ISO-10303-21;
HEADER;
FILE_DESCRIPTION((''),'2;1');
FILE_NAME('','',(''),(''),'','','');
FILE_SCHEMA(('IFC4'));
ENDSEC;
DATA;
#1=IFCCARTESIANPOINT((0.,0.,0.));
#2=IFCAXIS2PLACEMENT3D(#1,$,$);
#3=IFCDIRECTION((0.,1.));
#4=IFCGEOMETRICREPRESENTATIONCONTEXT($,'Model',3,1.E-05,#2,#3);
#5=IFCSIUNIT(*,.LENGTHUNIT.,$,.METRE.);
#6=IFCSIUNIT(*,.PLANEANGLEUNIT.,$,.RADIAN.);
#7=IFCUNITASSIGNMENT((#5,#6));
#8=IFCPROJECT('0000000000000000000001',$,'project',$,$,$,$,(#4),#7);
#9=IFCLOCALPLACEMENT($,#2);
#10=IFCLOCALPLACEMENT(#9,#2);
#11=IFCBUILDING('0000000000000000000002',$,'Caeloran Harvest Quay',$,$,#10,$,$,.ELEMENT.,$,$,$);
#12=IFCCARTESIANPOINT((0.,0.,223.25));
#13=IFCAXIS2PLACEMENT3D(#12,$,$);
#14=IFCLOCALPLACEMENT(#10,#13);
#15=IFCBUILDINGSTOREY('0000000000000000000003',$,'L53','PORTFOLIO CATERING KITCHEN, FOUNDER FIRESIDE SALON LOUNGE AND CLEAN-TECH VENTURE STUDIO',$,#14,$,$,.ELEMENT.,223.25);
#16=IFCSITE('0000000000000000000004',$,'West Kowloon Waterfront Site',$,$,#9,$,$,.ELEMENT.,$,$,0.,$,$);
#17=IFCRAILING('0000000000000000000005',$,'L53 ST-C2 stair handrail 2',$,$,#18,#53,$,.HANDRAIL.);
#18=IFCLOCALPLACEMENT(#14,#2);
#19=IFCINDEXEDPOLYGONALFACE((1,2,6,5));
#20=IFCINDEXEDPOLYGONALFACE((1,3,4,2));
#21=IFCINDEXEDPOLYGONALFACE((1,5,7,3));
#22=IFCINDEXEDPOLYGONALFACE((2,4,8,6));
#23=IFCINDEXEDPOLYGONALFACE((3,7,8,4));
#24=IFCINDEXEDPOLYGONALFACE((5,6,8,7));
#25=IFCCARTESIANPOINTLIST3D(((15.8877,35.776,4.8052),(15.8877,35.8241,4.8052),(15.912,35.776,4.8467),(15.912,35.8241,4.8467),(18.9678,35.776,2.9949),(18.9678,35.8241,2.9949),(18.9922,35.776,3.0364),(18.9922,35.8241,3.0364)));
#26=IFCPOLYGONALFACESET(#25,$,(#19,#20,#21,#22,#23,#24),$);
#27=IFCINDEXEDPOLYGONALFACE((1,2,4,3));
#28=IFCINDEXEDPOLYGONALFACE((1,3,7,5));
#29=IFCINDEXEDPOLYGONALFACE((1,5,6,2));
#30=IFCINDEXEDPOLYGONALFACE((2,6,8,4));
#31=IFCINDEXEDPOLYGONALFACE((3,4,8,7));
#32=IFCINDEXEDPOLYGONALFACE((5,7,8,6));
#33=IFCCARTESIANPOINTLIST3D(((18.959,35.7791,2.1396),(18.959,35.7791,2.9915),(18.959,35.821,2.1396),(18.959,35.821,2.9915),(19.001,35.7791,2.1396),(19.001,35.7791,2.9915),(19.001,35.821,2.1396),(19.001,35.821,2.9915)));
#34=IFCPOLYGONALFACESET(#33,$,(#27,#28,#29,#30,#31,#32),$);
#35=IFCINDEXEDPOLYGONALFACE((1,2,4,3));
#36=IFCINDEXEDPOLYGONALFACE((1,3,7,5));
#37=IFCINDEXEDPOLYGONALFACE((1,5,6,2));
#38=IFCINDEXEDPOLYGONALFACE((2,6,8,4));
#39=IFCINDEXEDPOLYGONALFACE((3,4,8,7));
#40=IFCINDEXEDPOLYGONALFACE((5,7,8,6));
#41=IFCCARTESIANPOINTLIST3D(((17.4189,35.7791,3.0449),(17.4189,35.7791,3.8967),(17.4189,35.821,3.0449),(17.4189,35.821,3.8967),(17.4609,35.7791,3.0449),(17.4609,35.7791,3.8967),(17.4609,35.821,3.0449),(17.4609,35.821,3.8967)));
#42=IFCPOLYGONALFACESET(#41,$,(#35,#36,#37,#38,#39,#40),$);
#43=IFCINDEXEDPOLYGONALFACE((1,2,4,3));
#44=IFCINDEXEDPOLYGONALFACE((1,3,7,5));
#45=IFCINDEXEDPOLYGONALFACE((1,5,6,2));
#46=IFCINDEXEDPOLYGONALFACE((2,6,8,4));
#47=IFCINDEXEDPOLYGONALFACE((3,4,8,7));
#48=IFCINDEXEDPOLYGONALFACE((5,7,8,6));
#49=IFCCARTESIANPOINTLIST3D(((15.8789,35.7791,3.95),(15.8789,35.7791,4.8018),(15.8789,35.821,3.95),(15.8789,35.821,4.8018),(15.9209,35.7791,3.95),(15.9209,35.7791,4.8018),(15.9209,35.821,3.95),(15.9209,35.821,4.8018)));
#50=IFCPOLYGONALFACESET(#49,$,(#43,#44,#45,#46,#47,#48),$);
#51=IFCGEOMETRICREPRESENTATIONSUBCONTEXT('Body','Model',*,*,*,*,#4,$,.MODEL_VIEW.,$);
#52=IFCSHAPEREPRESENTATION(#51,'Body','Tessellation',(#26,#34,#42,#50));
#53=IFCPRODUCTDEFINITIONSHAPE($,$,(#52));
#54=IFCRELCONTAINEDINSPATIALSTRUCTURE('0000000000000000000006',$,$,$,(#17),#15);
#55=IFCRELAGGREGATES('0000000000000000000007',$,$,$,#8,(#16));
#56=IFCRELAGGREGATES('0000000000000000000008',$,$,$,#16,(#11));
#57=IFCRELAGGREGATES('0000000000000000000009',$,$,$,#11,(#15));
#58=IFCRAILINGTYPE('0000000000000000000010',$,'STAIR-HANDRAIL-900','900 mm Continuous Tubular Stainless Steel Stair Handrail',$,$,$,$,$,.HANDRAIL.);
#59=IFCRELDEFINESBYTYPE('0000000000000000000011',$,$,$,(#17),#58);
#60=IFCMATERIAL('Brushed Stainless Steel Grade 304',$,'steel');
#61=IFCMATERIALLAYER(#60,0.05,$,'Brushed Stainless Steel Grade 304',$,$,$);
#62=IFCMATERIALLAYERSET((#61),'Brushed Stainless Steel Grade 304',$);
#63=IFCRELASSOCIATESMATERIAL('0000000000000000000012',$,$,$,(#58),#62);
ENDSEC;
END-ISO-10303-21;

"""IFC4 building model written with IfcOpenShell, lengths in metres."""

from ifc_helpers import new_model, si_unit, direction, frame, origin, origin_2d, place, context, subcontext, project, spatial, rectangle, extrude, material, layer, layer_set, type_object, element, save


model = new_model("IFC4")

# Units and contexts
model_context = context("Model", 3, precision=1e-05, world=origin(), true_north=direction((0.0, 1.0)))
body_context = subcontext(model_context, "Body", "Model", "MODEL_VIEW")
ifc_project = project(units=[si_unit("LENGTHUNIT", "METRE"), si_unit("PLANEANGLEUNIT", "RADIAN")], contexts=[model_context])

# Site, building, storey
site_placement = place(None, origin())
site = spatial("IfcSite", under=ifc_project, at=site_placement, Name="West Kowloon Waterfront Site", CompositionType="ELEMENT", RefElevation=0.0)
building_placement = place(site_placement, origin())
building = spatial("IfcBuilding", under=site, at=building_placement, Name="Caeloran Harvest Quay", CompositionType="ELEMENT")
storey_placement = place(building_placement, frame((0.0, 0.0, 223.25)))
storey = spatial("IfcBuildingStorey", under=building, at=storey_placement, Name="L53", Description="PORTFOLIO CATERING KITCHEN, FOUNDER FIRESIDE SALON LOUNGE AND CLEAN-TECH VENTURE STUDIO", CompositionType="ELEMENT", Elevation=223.25)

# Railing
ifc_material_1 = material(Name="Brushed Stainless Steel Grade 304", Category="steel")
ifc_layer_1 = layer(ifc_material_1, 0.05, Name="Brushed Stainless Steel Grade 304")
ifc_layer_set_1 = layer_set([ifc_layer_1], Name="Brushed Stainless Steel Grade 304")
railing_type_1 = type_object("IfcRailingType", Name="STAIR-HANDRAIL-900", Description="900 mm Continuous Tubular Stainless Steel Stair Handrail", PredefinedType="HANDRAIL", material=ifc_layer_set_1)
for number, where, name in (
    (1, (18.98, 35.8, 2.1396), "L53 ST-C2 stair handrail 2"),
):
    element("IfcRailing", number, at=place(storey_placement, frame(where)), inside=storey, type_object=railing_type_1, Name=name, PredefinedType="HANDRAIL", context=body_context, shape_type="SweptSolid", body=[
        extrude(rectangle(XDim=0.0481, YDim=0.0481, at=origin_2d()), frame((0.0, 0.0, 0.876), z_axis=(-0.862119, 0.0, 0.506707), x_axis=(0.0, -1.0, 0.0)), (0.0, 0.0, 1.0), 3.5728),
        extrude(rectangle(XDim=0.042, YDim=0.042, at=origin_2d()), origin(), (0.0, 0.0, 1.0), 0.8518),
        extrude(rectangle(XDim=0.042, YDim=0.042, at=origin_2d()), frame((-1.54, 0.0, 0.9053)), (0.0, 0.0, 1.0), 0.8518),
        extrude(rectangle(XDim=0.042, YDim=0.042, at=origin_2d()), frame((-3.0801, 0.0, 1.8103)), (0.0, 0.0, 1.0), 0.8518),
    ])

save(model, "model.ifc")
